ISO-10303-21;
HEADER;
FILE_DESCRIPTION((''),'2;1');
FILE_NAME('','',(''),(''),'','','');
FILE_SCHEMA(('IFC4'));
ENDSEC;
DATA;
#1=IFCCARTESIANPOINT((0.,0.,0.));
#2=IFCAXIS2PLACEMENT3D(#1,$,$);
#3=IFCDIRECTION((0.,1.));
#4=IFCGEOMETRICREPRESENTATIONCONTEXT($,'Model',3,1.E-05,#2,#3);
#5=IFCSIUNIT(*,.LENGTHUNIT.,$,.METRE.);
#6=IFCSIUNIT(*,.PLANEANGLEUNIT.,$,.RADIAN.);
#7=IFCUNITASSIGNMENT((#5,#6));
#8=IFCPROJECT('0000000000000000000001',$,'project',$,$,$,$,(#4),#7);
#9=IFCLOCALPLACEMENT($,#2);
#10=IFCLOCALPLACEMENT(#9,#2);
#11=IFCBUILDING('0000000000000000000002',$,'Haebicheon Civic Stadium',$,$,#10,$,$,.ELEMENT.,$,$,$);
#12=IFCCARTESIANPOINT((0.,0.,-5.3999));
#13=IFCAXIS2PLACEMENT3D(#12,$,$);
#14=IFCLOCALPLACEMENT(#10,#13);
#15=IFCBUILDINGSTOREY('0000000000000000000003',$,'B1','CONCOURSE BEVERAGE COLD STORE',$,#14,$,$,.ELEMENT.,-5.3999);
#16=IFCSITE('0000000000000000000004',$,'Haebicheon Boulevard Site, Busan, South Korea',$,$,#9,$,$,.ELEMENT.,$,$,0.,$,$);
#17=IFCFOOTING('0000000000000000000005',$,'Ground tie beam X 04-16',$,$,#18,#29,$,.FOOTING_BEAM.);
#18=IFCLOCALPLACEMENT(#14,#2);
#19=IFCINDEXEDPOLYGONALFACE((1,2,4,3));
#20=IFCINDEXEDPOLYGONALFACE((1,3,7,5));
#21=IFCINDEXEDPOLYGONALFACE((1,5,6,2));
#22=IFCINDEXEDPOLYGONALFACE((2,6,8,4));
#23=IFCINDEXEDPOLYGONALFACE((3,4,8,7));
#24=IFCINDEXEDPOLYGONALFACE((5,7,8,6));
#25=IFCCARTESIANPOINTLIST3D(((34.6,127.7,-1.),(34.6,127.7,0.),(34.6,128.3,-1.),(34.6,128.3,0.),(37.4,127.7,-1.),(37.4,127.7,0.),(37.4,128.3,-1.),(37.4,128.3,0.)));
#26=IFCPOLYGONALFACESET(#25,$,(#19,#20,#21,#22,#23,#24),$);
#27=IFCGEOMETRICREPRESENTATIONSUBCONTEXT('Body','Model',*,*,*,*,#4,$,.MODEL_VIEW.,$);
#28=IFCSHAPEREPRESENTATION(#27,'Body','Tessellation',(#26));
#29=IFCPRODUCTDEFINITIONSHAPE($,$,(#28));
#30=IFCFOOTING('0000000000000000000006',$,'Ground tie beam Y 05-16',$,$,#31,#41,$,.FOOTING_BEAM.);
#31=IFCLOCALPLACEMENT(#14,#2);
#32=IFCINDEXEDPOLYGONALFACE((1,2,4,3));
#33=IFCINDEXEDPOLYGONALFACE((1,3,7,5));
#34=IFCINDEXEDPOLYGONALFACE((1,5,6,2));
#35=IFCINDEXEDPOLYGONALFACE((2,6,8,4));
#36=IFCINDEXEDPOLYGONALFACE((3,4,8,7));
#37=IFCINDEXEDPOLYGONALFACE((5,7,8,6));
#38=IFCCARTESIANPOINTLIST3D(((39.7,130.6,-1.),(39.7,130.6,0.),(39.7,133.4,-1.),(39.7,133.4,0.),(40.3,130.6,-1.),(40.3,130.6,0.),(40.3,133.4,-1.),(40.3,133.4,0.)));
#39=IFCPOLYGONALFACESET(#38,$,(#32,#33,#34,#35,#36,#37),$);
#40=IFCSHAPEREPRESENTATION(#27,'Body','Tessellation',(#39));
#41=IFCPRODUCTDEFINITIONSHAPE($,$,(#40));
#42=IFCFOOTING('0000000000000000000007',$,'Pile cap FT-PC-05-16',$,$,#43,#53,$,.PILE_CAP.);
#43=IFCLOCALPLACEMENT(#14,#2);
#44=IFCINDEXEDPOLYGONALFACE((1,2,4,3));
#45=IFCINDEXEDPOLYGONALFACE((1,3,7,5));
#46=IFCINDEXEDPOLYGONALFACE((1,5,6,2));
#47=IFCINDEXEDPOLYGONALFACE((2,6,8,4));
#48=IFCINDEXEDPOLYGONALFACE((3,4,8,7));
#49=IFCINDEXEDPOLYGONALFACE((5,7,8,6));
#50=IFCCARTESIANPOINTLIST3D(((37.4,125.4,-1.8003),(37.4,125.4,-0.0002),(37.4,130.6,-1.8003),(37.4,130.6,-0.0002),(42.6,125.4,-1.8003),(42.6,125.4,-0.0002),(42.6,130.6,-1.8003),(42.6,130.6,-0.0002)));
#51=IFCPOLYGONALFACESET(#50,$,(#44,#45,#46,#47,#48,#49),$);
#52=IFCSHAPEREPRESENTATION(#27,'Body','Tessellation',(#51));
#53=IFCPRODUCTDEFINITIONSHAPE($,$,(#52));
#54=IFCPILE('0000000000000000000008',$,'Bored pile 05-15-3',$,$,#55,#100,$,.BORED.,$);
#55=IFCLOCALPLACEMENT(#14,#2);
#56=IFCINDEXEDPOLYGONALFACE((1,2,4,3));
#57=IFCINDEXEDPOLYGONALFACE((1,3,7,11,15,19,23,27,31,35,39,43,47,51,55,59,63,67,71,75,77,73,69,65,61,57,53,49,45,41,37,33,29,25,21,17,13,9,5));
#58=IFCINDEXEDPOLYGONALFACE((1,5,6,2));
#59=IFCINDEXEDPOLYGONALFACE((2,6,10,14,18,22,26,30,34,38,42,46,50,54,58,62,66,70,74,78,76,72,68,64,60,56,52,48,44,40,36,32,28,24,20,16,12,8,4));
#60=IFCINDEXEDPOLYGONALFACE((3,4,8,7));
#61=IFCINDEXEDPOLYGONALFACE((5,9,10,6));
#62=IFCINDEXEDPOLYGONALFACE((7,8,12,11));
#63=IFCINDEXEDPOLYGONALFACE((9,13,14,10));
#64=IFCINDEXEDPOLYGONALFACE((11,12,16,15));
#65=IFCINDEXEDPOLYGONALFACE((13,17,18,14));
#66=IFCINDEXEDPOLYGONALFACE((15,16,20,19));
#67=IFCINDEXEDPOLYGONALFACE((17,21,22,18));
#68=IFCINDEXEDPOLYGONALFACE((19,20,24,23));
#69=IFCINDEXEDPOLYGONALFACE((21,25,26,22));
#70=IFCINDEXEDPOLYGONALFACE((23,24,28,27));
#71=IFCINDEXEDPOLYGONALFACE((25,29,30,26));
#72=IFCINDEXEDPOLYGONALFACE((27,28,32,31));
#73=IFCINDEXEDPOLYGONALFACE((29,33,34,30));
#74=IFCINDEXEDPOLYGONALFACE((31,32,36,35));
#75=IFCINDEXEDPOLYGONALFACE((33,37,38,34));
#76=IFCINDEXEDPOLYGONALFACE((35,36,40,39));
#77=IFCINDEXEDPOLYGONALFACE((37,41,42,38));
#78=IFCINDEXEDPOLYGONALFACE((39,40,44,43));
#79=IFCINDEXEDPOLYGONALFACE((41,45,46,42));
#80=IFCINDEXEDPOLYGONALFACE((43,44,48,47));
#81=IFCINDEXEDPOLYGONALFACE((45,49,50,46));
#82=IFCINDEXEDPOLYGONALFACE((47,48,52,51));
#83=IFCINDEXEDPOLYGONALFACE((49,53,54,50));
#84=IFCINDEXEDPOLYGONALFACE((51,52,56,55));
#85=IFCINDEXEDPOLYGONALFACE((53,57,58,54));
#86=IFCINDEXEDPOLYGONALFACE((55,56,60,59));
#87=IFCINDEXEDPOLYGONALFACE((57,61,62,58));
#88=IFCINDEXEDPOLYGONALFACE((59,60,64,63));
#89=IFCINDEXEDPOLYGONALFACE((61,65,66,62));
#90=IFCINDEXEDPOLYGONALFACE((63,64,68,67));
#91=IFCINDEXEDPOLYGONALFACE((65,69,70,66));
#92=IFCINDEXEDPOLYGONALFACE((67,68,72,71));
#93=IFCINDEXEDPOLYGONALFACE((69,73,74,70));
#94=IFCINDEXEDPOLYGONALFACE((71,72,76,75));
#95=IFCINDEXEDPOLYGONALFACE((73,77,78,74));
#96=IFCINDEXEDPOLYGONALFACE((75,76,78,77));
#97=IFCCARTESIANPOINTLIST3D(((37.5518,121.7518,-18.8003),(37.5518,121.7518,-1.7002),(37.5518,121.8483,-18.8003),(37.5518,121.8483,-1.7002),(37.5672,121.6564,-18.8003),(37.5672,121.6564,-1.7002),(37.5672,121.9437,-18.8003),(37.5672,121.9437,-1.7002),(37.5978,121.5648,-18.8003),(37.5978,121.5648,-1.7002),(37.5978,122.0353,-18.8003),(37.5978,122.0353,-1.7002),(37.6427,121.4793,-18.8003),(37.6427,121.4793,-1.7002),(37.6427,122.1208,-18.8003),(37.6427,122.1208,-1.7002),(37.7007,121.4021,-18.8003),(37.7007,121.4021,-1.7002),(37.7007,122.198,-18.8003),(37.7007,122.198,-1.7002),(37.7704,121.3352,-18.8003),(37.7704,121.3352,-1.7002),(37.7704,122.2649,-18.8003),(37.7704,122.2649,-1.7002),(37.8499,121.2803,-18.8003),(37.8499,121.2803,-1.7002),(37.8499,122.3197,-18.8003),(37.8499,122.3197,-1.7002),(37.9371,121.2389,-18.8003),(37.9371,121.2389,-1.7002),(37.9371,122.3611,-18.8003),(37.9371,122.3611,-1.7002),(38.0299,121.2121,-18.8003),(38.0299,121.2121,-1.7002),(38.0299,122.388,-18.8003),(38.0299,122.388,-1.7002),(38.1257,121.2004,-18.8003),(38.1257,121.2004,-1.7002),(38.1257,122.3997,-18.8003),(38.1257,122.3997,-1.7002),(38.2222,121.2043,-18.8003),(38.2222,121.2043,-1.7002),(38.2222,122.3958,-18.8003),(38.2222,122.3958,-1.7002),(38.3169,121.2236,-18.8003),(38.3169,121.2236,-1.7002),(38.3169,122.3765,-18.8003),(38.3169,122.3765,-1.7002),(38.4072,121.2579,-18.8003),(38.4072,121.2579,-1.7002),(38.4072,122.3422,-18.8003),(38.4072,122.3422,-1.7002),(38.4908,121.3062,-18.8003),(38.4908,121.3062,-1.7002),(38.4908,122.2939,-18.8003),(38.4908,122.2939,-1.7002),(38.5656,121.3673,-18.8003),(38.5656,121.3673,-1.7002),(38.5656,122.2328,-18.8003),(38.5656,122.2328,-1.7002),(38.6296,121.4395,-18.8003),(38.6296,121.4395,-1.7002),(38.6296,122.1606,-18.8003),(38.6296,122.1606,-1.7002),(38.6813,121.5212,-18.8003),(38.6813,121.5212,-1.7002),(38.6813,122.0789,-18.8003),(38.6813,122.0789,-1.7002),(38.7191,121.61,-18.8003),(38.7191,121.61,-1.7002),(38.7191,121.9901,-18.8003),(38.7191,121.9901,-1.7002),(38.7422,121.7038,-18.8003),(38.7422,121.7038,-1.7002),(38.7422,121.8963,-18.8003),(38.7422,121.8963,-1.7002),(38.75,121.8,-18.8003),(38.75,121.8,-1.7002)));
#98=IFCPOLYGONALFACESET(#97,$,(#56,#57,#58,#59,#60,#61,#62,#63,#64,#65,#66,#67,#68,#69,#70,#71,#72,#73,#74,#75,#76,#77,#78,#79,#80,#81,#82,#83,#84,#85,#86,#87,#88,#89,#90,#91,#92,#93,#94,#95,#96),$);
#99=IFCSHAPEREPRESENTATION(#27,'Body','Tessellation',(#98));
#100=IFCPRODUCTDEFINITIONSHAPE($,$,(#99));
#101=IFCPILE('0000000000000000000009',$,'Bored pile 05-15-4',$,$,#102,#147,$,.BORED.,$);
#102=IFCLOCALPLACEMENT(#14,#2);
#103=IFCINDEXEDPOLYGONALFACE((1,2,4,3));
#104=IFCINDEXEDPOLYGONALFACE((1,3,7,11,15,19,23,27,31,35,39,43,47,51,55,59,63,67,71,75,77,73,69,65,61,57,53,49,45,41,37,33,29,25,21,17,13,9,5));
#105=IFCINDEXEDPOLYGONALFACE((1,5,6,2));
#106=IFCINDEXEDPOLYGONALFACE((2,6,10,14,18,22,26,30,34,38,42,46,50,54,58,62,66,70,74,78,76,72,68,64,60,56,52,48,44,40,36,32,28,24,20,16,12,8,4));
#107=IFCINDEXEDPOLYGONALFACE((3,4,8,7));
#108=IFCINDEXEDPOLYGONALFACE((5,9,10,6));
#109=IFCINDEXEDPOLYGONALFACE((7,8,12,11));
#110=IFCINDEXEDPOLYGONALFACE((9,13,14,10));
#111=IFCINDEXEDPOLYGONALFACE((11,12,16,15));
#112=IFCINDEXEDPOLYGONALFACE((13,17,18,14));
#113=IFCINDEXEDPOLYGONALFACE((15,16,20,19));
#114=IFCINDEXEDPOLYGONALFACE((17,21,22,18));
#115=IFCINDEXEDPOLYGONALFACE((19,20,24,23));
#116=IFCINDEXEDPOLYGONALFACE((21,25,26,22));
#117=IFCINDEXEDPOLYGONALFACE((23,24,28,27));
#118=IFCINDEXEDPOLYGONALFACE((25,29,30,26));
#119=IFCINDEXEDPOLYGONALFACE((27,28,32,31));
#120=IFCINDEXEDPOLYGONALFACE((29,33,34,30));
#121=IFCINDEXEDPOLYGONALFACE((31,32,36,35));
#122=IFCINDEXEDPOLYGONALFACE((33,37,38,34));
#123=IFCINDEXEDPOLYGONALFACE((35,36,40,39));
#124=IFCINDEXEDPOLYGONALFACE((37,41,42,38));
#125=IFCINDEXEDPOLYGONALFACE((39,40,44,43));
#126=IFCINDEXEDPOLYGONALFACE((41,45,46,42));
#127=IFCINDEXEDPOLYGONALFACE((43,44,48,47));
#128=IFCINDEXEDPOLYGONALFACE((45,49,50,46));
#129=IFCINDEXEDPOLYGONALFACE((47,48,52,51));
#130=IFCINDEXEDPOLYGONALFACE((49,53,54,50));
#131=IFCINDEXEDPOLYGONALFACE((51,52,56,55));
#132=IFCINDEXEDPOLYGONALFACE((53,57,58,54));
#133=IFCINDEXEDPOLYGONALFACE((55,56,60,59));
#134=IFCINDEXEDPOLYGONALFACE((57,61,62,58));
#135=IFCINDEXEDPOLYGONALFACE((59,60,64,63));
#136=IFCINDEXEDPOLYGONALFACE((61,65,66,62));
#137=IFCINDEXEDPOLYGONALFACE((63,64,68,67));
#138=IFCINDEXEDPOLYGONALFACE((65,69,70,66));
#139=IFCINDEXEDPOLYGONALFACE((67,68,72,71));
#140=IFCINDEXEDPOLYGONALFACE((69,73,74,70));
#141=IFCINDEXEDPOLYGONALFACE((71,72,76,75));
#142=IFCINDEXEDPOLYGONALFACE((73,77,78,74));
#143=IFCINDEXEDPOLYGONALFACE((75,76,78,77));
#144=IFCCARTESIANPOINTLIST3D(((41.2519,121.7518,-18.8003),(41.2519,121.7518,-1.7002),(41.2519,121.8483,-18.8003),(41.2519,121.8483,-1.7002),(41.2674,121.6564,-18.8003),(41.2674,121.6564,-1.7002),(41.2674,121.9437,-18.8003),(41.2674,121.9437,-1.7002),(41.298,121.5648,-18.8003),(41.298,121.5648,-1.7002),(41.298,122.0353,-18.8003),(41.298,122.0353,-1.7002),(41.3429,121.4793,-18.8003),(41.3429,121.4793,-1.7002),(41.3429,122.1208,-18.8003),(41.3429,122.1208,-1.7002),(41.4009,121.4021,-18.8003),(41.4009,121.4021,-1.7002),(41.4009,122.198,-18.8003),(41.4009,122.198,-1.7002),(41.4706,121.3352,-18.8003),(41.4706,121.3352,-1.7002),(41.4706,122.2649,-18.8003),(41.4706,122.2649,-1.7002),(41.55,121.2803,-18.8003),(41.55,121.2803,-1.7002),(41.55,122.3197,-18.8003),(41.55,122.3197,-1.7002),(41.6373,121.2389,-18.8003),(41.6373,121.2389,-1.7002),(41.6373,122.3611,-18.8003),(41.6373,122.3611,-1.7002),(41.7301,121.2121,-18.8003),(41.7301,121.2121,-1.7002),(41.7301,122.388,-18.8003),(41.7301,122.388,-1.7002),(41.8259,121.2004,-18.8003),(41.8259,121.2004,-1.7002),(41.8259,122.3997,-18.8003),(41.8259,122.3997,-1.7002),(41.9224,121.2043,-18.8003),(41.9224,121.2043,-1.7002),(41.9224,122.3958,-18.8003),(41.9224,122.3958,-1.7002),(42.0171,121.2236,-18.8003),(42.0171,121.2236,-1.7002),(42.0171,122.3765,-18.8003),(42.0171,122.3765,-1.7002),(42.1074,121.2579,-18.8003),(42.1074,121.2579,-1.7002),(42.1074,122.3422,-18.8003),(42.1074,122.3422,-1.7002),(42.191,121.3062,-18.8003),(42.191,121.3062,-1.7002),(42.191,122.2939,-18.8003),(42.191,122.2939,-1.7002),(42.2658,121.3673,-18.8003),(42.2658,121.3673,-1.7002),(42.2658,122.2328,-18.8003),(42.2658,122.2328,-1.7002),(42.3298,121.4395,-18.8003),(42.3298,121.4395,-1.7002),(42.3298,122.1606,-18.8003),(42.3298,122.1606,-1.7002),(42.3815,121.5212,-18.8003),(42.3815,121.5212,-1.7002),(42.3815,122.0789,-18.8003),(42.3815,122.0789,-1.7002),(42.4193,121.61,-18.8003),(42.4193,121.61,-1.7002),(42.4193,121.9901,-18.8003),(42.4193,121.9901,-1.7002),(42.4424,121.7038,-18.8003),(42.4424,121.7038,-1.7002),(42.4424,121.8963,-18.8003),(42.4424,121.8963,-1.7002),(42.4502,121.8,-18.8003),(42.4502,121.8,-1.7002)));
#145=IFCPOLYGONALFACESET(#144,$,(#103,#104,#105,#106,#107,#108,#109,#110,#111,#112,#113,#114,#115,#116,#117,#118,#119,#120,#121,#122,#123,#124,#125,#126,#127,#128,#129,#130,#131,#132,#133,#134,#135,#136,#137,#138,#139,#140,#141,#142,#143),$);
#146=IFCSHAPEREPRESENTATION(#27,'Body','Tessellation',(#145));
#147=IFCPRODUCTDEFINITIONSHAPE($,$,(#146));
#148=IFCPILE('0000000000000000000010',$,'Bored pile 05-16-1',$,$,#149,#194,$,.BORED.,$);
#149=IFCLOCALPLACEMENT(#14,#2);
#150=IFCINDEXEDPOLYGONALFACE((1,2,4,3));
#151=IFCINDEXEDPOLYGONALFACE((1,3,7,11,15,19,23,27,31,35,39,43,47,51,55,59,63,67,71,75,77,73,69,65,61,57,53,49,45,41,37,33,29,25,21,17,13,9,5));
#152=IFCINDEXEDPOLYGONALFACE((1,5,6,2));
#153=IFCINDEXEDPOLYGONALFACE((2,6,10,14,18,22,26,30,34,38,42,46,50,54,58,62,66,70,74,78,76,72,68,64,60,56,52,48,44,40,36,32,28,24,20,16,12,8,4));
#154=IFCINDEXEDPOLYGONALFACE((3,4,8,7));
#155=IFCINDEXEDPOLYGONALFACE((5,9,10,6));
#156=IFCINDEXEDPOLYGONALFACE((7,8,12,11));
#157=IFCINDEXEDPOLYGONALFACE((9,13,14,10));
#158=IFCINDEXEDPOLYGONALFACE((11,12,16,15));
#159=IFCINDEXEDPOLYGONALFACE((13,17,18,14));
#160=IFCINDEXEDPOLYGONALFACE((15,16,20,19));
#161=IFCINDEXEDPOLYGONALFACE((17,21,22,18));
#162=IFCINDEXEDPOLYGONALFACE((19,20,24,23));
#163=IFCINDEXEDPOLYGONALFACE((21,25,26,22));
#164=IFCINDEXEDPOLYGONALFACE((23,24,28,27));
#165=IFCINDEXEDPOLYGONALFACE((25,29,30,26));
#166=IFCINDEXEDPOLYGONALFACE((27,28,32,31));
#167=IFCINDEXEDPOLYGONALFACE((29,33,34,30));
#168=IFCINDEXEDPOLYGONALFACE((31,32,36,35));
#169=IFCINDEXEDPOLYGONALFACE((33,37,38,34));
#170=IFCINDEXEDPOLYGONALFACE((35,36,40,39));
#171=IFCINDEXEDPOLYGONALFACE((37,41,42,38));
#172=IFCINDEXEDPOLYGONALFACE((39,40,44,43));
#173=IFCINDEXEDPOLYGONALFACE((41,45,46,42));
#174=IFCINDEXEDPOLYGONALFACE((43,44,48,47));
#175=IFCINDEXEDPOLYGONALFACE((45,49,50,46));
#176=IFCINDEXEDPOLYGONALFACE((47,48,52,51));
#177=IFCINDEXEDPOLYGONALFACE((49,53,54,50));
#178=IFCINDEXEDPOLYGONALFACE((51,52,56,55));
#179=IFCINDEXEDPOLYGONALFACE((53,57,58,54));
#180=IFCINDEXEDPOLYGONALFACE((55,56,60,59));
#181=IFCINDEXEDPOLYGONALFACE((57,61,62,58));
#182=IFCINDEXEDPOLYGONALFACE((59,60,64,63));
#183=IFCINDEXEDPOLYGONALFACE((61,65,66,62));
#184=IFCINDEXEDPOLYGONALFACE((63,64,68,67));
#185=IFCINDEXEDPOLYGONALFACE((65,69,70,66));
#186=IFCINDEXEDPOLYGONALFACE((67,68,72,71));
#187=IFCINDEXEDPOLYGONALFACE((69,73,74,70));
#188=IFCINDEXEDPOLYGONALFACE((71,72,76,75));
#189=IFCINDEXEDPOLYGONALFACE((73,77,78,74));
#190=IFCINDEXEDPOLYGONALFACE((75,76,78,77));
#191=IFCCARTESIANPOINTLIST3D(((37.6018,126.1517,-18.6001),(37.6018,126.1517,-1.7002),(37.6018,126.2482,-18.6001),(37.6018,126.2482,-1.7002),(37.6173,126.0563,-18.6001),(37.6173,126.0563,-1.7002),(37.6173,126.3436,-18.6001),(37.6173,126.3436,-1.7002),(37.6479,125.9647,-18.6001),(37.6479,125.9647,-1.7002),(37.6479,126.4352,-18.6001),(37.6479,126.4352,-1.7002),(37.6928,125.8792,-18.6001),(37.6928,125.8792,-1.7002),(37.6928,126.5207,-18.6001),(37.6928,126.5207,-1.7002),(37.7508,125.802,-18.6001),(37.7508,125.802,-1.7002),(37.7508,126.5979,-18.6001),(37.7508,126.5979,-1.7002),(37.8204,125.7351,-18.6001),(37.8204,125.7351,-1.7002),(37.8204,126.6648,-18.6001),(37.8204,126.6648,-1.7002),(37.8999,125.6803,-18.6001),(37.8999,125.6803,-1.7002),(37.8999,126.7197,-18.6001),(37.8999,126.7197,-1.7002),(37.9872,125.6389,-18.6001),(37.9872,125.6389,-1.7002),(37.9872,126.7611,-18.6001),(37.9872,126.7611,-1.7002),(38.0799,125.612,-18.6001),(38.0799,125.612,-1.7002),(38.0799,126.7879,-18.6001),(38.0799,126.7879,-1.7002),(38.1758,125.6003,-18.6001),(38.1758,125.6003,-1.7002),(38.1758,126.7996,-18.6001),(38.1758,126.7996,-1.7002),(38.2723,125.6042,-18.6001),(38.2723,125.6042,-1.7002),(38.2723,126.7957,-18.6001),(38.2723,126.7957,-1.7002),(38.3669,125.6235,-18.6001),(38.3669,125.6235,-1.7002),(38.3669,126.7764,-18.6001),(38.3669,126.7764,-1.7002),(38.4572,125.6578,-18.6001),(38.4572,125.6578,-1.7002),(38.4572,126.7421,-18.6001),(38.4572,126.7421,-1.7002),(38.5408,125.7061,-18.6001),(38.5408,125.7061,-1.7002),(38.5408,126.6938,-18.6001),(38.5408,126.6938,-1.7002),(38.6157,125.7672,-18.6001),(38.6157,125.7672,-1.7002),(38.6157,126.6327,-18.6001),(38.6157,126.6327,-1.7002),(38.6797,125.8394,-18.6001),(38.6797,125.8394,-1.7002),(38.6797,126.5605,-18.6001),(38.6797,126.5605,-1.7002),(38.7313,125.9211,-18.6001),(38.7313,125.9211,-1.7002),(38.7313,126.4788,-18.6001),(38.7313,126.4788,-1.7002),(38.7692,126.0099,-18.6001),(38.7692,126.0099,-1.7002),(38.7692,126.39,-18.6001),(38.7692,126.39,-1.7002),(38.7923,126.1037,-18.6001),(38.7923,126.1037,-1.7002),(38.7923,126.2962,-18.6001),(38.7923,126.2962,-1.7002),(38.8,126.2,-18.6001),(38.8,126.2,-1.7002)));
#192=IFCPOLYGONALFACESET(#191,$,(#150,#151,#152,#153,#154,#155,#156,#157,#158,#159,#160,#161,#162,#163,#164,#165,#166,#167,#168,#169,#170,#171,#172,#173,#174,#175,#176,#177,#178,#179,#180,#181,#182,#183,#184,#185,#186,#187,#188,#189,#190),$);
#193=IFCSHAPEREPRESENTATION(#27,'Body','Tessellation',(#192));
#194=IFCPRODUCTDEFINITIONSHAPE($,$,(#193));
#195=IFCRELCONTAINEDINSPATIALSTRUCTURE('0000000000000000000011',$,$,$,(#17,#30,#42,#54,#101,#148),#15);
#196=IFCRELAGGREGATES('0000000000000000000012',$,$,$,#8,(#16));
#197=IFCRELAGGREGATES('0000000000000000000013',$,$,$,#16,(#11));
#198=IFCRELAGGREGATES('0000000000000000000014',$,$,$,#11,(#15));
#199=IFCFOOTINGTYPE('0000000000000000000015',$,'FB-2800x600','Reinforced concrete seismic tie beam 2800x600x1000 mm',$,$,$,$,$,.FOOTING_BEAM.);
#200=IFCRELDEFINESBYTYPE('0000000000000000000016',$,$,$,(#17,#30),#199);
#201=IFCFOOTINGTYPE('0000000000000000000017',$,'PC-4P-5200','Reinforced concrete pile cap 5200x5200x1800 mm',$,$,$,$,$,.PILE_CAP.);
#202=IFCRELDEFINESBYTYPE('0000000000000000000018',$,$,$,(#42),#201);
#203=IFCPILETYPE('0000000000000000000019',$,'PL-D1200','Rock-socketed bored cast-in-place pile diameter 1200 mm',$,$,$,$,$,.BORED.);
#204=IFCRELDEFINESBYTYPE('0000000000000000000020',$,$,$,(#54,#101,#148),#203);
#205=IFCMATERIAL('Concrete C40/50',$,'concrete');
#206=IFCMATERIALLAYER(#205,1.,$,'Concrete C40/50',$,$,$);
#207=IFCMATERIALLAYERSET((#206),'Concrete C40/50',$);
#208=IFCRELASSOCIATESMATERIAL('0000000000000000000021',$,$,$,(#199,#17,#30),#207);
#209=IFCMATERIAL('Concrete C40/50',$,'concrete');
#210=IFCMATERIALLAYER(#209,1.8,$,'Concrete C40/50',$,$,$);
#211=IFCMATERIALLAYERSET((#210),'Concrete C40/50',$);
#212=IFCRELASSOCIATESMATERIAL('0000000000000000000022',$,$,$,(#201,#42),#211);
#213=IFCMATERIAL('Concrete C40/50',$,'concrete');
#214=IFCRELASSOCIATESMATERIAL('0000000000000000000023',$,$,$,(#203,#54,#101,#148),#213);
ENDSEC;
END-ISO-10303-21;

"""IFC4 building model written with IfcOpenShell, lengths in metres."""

from ifc_helpers import new_model, si_unit, direction, frame, origin, origin_2d, place, context, subcontext, project, spatial, rectangle, circle, extrude, material, layer, layer_set, material_profile, profile_set, type_object, element, save


model = new_model("IFC4")

# Units and contexts
model_context = context("Model", 3, precision=1e-05, world=origin(), true_north=direction((0.0, 1.0)))
body_context = subcontext(model_context, "Body", "Model", "MODEL_VIEW")
ifc_project = project(units=[si_unit("LENGTHUNIT", "METRE"), si_unit("PLANEANGLEUNIT", "RADIAN")], contexts=[model_context])

# Site, building, storey
site_placement = place(None, origin())
site = spatial("IfcSite", under=ifc_project, at=site_placement, Name="Haebicheon Boulevard Site, Busan, South Korea", CompositionType="ELEMENT", RefElevation=0.0)
building_placement = place(site_placement, origin())
building = spatial("IfcBuilding", under=site, at=building_placement, Name="Haebicheon Civic Stadium", CompositionType="ELEMENT")
storey_placement = place(building_placement, frame((0.0, 0.0, -5.3999)))
storey = spatial("IfcBuildingStorey", under=building, at=storey_placement, Name="B1", Description="CONCOURSE BEVERAGE COLD STORE", CompositionType="ELEMENT", Elevation=-5.3999)

# Footings
ifc_material_1 = material(Name="Concrete C40/50", Category="concrete")
ifc_layer_1 = layer(ifc_material_1, 1.0, Name="Concrete C40/50")
ifc_layer_set_1 = layer_set([ifc_layer_1], Name="Concrete C40/50")
footing_type_1 = type_object("IfcFootingType", Name="FB-2800x600", Description="Reinforced concrete seismic tie beam 2800x600x1000 mm", PredefinedType="FOOTING_BEAM", material=ifc_layer_set_1)
for number, where, z_axis, x_axis, name in (
    (1, (36.0, 128.0, -1.0), (0.0, 0.0, 1.0), (1.0, 0.0, 0.0), "Ground tie beam X 04-16"),
    (2, (40.0, 132.0, -1.0), (0.0, 0.0, 1.0), (0.0, 1.0, 0.0), "Ground tie beam Y 05-16"),
):
    element("IfcFooting", number, at=place(storey_placement, frame(where, z_axis=z_axis, x_axis=x_axis)), inside=storey, type_object=footing_type_1, material=ifc_layer_set_1, Name=name, PredefinedType="FOOTING_BEAM", context=body_context, shape_type="SweptSolid", body=[
        extrude(rectangle(XDim=2.8, YDim=0.6001, at=origin_2d()), origin(), (0.0, 0.0, 1.0), 1.0),
    ])
ifc_material_2 = material(Name="Concrete C40/50", Category="concrete")
ifc_layer_2 = layer(ifc_material_2, 1.8, Name="Concrete C40/50")
ifc_layer_set_2 = layer_set([ifc_layer_2], Name="Concrete C40/50")
footing_type_2 = type_object("IfcFootingType", Name="PC-4P-5200", Description="Reinforced concrete pile cap 5200x5200x1800 mm", PredefinedType="PILE_CAP", material=ifc_layer_set_2)
footing_placement = place(storey_placement, frame((40.0, 128.0, -1.8003), z_axis=(0.0, 0.0, 1.0), x_axis=(1.0, 0.0, 0.0)))
element("IfcFooting", 3, at=footing_placement, inside=storey, type_object=footing_type_2, material=ifc_layer_set_2, Name="Pile cap FT-PC-05-16", PredefinedType="PILE_CAP", context=body_context, shape_type="SweptSolid", body=[
    extrude(rectangle(XDim=5.2, YDim=5.2, at=origin_2d()), origin(), (0.0, 0.0, 1.0), 1.8),
])

# Piles
ifc_material_3 = material(Name="Concrete C40/50", Category="concrete")
ifc_material_profile_1 = material_profile(ifc_material_3, circle(Radius=0.6001, at=origin_2d()), Name="PILE-D1200")
ifc_profile_set_1 = profile_set([ifc_material_profile_1], Name="Concrete C40/50")
pile_type = type_object("IfcPileType", Name="PL-D1200", Description="Rock-socketed bored cast-in-place pile diameter 1200 mm", PredefinedType="BORED", material=ifc_profile_set_1)
for number, where, z_axis, x_axis, name in (
    (4, (38.1499, 121.8, -1.7002), (0.0, 0.0, -1.0), (1.0, 0.0, 0.0), "Bored pile 05-15-3"),
    (5, (41.8501, 121.8, -1.7002), (0.0, 0.0, -1.0), (1.0, 0.0, 0.0), "Bored pile 05-15-4"),
):
    element("IfcPile", number, at=place(storey_placement, frame(where, z_axis=z_axis, x_axis=x_axis)), inside=storey, type_object=pile_type, material=ifc_profile_set_1, Name=name, PredefinedType="BORED", context=body_context, shape_type="SweptSolid", body=[
        extrude(circle(Radius=0.6001, at=origin_2d()), origin(), (0.0, 0.0, 1.0), 17.1001),
    ])
for number, where, z_axis, x_axis, name in (
    (6, (38.2, 126.2, -1.7002), (0.0, 0.0, -1.0), (1.0, 0.0, 0.0), "Bored pile 05-16-1"),
):
    element("IfcPile", number, at=place(storey_placement, frame(where, z_axis=z_axis, x_axis=x_axis)), inside=storey, type_object=pile_type, material=ifc_profile_set_1, Name=name, PredefinedType="BORED", context=body_context, shape_type="SweptSolid", body=[
        extrude(circle(Radius=0.6001, at=origin_2d()), origin(), (0.0, 0.0, 1.0), 16.8999),
    ])

save(model, "model.ifc")
